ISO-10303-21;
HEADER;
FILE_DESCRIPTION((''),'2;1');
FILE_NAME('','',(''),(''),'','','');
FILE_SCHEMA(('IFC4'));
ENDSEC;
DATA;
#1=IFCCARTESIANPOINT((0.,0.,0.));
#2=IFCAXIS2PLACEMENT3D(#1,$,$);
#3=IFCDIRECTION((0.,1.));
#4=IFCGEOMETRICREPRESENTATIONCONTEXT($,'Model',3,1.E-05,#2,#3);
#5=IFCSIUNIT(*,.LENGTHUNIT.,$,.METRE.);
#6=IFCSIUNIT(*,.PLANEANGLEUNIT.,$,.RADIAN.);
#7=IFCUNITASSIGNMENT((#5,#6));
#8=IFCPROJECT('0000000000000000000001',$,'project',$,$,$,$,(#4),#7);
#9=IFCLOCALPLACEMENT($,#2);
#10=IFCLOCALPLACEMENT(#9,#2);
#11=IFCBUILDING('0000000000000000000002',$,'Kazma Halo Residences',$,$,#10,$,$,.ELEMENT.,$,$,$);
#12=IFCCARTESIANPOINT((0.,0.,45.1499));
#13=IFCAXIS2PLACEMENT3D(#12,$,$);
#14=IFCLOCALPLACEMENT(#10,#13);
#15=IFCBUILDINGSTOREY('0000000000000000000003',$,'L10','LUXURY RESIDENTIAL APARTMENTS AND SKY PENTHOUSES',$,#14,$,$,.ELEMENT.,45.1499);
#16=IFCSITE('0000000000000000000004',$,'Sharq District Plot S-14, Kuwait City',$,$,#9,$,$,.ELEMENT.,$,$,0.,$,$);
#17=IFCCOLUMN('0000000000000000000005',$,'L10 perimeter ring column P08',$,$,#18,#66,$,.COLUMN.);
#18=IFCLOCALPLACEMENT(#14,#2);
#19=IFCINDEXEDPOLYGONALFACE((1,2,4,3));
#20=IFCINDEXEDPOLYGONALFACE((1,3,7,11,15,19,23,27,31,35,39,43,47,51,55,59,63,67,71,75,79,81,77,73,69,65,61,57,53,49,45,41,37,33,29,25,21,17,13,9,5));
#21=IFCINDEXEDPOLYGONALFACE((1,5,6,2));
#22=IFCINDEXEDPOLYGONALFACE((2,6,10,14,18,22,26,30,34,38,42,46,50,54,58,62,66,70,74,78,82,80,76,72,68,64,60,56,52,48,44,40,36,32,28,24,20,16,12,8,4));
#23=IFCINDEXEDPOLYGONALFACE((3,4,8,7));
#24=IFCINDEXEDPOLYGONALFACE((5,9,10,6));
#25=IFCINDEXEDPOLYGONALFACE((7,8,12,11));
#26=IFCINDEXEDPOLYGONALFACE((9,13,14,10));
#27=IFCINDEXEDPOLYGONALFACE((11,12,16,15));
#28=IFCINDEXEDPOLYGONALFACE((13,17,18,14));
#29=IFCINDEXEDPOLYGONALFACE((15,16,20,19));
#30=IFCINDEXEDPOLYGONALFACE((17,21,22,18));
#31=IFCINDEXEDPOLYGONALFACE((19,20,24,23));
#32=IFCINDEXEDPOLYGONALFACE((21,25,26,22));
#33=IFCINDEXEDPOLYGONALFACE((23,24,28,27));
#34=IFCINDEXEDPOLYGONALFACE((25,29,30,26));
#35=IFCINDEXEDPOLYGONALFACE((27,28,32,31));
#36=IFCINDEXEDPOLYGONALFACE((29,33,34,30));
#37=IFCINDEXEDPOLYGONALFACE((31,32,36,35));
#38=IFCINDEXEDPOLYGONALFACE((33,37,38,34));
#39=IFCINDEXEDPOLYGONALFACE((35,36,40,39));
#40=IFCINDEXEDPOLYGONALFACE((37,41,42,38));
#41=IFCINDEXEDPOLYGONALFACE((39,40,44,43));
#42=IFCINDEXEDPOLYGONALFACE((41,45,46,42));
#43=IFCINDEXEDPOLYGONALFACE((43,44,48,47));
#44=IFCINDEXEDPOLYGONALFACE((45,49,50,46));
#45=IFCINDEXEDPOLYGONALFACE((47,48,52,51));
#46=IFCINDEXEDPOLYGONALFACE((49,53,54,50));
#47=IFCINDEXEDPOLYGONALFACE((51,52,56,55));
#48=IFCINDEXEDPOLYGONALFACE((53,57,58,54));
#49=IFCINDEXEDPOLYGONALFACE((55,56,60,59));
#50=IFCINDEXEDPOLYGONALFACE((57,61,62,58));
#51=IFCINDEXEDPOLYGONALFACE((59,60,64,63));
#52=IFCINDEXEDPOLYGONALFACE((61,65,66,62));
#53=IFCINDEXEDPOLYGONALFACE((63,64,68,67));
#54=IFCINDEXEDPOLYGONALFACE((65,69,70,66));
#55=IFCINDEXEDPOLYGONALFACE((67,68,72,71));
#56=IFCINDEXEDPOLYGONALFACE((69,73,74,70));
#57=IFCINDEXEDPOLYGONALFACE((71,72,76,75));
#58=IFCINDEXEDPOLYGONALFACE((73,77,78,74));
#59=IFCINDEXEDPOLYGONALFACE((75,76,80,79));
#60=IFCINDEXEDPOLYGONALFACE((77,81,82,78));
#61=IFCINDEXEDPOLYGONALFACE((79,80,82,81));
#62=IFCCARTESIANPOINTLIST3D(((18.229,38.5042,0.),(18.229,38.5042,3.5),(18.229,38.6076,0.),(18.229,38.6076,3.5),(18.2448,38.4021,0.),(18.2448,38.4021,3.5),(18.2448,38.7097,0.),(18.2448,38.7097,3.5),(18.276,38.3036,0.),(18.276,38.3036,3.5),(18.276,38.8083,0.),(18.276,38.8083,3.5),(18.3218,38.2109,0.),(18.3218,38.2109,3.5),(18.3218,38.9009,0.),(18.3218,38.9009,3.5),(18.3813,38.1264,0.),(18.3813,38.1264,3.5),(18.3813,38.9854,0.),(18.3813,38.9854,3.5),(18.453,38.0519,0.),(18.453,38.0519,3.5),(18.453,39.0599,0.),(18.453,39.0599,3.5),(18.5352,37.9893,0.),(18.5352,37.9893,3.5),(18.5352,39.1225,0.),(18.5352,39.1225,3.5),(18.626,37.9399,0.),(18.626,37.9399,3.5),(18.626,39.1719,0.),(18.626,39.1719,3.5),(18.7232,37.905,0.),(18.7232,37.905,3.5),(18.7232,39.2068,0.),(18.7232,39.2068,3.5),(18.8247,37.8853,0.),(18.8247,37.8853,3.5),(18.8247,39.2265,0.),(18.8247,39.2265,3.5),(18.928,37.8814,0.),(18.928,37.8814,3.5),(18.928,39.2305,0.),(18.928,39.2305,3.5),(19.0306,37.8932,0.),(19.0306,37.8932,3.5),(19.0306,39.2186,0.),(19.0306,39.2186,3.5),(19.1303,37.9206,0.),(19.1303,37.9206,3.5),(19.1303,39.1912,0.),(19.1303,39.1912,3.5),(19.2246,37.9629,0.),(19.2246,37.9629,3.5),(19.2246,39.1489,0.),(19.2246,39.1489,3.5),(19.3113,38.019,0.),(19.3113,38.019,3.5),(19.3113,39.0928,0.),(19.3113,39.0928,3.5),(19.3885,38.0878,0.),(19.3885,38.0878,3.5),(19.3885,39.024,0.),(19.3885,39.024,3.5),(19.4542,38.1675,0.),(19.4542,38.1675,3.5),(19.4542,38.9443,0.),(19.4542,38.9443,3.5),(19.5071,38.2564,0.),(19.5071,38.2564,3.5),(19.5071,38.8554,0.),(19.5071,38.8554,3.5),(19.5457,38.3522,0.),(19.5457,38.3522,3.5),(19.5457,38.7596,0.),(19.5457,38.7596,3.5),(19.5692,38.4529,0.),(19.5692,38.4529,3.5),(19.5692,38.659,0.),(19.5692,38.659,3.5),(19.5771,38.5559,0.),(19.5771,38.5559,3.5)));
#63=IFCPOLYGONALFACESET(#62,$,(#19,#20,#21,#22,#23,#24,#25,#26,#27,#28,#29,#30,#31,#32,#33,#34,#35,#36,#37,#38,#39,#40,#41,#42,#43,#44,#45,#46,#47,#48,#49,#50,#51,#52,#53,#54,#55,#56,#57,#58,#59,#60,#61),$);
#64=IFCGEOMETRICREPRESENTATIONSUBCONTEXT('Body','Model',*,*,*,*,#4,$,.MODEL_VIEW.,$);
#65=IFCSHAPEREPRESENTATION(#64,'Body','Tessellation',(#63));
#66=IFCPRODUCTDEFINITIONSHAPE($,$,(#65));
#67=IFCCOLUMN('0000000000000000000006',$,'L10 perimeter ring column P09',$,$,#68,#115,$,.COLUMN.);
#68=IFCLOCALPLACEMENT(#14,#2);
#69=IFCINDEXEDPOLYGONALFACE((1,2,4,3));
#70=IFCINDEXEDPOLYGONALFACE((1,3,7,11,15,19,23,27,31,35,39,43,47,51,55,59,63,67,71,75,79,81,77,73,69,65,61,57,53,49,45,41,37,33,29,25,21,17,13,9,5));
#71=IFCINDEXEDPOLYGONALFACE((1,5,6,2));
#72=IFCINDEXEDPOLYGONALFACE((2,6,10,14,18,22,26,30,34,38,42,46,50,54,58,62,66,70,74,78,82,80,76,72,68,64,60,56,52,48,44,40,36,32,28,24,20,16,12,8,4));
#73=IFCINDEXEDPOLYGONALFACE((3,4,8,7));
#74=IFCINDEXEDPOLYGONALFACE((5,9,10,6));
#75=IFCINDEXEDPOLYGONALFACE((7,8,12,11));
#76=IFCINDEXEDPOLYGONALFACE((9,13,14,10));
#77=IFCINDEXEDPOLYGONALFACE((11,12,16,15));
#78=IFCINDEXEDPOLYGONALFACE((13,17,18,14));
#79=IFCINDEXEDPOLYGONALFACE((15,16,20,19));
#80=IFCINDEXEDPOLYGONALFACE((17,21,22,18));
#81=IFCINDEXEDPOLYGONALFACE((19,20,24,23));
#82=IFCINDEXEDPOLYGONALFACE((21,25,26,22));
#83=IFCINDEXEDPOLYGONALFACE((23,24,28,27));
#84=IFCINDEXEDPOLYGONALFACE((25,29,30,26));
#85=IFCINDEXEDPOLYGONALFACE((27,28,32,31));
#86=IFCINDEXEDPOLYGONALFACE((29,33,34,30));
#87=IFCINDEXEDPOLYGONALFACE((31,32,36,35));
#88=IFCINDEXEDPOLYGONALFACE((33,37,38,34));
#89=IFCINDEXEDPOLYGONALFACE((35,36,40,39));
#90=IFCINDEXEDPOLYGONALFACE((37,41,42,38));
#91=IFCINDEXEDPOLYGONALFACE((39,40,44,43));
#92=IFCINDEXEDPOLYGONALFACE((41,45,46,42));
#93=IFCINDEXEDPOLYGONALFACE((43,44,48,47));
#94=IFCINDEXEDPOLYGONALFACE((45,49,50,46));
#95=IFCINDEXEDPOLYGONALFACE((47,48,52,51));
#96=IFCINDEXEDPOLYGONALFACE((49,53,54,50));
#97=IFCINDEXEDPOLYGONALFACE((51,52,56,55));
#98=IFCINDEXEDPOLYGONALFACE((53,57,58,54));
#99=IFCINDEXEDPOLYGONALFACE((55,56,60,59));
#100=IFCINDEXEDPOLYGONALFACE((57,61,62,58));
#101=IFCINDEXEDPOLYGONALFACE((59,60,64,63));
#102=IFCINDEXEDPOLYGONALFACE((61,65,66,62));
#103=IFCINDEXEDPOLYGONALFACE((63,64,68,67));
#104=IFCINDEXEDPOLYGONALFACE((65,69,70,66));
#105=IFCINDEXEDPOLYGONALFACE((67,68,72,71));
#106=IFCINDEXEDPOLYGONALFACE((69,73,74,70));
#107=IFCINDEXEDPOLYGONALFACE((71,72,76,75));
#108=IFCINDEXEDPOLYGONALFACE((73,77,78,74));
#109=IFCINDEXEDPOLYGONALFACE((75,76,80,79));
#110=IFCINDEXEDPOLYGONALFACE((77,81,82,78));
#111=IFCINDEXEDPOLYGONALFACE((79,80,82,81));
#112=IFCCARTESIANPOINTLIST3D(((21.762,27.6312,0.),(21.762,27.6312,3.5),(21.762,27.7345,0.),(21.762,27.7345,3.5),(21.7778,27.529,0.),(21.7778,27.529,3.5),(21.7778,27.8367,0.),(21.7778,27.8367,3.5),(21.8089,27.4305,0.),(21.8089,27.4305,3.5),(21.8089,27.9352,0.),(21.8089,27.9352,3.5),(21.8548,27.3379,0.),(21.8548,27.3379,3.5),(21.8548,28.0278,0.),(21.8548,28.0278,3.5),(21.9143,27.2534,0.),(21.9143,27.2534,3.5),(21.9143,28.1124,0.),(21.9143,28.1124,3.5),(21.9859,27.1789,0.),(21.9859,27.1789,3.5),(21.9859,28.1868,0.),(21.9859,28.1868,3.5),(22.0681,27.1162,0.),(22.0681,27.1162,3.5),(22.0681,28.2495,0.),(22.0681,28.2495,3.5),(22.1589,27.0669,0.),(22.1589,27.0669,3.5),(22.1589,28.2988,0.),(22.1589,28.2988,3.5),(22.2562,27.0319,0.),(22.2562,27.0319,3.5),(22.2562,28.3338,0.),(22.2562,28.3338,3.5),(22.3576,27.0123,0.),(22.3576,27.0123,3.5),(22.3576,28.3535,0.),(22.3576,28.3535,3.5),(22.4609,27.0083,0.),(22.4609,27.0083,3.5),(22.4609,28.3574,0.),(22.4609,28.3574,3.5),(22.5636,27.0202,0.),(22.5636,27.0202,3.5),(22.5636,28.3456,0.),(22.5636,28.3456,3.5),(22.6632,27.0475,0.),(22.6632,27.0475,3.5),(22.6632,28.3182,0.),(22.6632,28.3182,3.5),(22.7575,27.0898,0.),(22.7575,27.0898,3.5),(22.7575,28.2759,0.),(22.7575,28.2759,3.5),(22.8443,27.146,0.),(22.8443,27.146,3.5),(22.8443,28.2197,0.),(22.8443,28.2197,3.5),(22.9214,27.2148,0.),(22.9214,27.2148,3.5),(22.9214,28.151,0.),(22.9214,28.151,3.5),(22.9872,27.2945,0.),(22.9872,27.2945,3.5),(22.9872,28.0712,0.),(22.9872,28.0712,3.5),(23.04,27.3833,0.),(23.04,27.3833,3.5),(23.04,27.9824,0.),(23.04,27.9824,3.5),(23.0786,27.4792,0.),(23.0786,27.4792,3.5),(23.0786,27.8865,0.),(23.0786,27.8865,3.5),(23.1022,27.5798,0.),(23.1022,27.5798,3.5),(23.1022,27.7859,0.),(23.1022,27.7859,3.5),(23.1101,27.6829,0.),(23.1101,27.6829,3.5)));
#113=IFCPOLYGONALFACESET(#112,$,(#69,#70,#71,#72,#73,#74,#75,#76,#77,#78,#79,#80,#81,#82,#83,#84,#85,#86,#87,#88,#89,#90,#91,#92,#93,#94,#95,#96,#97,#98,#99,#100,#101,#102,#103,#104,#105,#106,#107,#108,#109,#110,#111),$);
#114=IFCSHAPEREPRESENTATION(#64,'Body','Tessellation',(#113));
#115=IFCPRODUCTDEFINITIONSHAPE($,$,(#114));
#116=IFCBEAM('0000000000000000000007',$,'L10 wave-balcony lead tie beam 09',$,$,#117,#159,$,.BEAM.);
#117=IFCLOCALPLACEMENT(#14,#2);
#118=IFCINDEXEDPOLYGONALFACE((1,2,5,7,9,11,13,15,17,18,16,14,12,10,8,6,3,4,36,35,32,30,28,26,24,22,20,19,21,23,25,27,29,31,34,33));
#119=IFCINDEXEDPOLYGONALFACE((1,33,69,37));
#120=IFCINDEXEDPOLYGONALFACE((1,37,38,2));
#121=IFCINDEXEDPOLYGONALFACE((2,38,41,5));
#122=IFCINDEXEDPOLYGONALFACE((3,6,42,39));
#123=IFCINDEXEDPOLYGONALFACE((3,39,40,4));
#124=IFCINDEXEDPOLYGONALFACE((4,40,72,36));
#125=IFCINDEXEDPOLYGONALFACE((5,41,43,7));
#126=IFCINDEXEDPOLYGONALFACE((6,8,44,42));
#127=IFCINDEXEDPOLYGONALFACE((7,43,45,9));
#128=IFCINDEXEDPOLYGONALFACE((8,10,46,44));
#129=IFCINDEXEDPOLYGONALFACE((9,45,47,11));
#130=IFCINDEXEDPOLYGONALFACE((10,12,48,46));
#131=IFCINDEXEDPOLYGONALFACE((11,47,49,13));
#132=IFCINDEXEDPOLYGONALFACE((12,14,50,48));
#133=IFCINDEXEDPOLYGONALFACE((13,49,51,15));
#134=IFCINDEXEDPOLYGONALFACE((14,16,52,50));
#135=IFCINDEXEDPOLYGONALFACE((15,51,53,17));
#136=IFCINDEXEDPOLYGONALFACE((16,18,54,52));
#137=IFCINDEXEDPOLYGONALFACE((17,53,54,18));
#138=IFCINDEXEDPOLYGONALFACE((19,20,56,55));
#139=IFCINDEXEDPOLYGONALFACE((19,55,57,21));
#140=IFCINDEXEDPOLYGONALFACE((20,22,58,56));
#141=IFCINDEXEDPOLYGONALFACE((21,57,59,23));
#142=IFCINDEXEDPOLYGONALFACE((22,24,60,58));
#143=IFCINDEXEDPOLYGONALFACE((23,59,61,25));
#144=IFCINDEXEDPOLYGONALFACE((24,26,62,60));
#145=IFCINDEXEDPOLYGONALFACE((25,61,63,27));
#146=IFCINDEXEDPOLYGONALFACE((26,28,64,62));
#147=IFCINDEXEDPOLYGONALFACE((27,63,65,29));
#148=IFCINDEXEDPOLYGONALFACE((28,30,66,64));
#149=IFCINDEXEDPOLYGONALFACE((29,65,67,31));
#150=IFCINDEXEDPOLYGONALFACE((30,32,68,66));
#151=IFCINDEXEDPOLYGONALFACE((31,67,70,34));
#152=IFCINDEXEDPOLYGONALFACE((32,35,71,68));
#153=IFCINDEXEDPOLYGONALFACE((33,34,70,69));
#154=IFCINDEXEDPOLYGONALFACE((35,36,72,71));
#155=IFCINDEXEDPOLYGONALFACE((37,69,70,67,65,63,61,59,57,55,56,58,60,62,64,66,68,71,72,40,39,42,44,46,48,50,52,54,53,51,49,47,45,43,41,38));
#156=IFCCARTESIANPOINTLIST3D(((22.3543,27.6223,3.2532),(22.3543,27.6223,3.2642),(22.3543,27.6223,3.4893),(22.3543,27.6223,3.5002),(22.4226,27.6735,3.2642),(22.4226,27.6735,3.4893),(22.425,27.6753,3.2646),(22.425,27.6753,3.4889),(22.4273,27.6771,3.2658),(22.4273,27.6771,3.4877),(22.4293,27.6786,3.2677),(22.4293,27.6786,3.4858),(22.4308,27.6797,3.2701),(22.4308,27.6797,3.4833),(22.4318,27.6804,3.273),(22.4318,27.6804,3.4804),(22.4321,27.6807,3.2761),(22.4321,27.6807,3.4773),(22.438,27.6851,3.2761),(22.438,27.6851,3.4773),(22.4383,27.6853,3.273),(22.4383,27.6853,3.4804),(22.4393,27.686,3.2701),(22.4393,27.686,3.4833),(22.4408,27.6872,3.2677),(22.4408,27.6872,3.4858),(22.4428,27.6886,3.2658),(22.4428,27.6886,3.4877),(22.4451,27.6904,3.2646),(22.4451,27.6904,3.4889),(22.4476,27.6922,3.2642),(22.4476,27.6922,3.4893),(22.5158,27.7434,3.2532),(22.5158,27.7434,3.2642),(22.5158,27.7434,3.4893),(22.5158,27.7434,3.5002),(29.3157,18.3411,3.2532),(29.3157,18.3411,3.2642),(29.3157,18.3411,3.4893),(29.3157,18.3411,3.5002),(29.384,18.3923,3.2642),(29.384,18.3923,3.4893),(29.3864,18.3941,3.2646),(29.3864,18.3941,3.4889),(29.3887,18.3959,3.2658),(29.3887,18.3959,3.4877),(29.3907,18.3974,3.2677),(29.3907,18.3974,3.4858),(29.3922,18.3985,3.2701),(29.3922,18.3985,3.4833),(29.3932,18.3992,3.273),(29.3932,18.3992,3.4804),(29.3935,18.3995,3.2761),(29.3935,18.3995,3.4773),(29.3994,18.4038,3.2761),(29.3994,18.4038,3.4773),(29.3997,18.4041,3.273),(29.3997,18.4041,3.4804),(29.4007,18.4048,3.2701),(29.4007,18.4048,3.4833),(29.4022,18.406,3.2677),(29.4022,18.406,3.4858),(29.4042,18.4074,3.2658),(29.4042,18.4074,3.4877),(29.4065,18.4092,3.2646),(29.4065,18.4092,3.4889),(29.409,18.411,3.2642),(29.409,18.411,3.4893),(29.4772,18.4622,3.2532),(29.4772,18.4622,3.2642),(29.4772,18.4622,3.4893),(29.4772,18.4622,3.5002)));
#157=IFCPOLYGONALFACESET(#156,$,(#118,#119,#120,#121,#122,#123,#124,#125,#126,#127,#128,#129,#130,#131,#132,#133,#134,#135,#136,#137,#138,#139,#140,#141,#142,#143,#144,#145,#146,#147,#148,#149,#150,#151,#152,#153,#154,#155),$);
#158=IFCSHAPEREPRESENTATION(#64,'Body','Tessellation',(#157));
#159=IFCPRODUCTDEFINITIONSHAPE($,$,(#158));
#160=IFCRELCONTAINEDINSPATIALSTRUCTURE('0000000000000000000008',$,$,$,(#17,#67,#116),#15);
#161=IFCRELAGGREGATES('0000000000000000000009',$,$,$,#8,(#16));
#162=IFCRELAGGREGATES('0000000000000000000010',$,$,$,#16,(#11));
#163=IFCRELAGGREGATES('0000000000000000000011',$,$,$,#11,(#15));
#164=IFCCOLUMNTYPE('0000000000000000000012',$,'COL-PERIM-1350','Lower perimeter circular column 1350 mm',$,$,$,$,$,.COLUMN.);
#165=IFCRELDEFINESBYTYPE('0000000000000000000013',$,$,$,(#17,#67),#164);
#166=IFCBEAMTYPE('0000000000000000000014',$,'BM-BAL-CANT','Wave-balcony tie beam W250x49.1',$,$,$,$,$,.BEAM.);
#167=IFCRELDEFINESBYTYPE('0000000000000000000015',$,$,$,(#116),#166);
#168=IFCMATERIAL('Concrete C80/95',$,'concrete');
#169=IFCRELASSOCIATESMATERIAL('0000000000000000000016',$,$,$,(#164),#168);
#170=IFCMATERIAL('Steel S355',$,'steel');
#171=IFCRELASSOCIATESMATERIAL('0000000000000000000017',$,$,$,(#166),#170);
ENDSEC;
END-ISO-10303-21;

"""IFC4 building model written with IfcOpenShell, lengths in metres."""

from ifc_helpers import new_model, si_unit, direction, frame, origin, origin_2d, place, context, subcontext, project, spatial, circle, i_section, extrude, material, material_profile, profile_set, type_object, element, save


model = new_model("IFC4")

# Units and contexts
model_context = context("Model", 3, precision=1e-05, world=origin(), true_north=direction((0.0, 1.0)))
body_context = subcontext(model_context, "Body", "Model", "MODEL_VIEW")
ifc_project = project(units=[si_unit("LENGTHUNIT", "METRE"), si_unit("PLANEANGLEUNIT", "RADIAN")], contexts=[model_context])

# Site, building, storey
site_placement = place(None, origin())
site = spatial("IfcSite", under=ifc_project, at=site_placement, Name="Sharq District Plot S-14, Kuwait City", CompositionType="ELEMENT", RefElevation=0.0)
building_placement = place(site_placement, origin())
building = spatial("IfcBuilding", under=site, at=building_placement, Name="Kazma Halo Residences", CompositionType="ELEMENT")
storey_placement = place(building_placement, frame((0.0, 0.0, 45.1499)))
storey = spatial("IfcBuildingStorey", under=building, at=storey_placement, Name="L10", Description="LUXURY RESIDENTIAL APARTMENTS AND SKY PENTHOUSES", CompositionType="ELEMENT", Elevation=45.1499)

# Columns
ifc_material_1 = material(Name="Concrete C80/95", Category="concrete")
ifc_material_profile_1 = material_profile(ifc_material_1, circle(Radius=0.675, at=origin_2d()), Name="CIRC1350")
ifc_profile_set_1 = profile_set([ifc_material_profile_1], Name="Concrete C80/95")
column_type = type_object("IfcColumnType", Name="COL-PERIM-1350", Description="Lower perimeter circular column 1350 mm", PredefinedType="COLUMN", material=ifc_profile_set_1)
for number, where, z_axis, x_axis, name in (
    (1, (18.9021, 38.5559, 0.0), (0.0, 0.0, 1.0), (1.0, 0.0, 0.0), "L10 perimeter ring column P08"),
    (2, (22.4351, 27.6829, 0.0), (0.0, 0.0, 1.0), (1.0, 0.0, 0.0), "L10 perimeter ring column P09"),
):
    element("IfcColumn", number, at=place(storey_placement, frame(where, z_axis=z_axis, x_axis=x_axis)), inside=storey, type_object=column_type, Name=name, PredefinedType="COLUMN", context=body_context, shape_type="SweptSolid", body=[
        extrude(circle(Radius=0.675, at=origin_2d()), origin(), (0.0, 0.0, 1.0), 3.5),
    ])

# Beam
ifc_material_2 = material(Name="Steel S355", Category="steel")
ifc_material_profile_2 = material_profile(ifc_material_2, i_section(OverallWidth=0.2019, OverallDepth=0.2471, WebThickness=0.0073, FlangeThickness=0.011, FilletRadius=0.012, at=origin_2d()), Name="W250x49.1")
ifc_profile_set_2 = profile_set([ifc_material_profile_2], Name="Steel S355")
beam_type_1 = type_object("IfcBeamType", Name="BM-BAL-CANT", Description="Wave-balcony tie beam W250x49.1", PredefinedType="BEAM", material=ifc_profile_set_2)
beam_1_placement = place(storey_placement, frame((22.4351, 27.6829, 3.3767), z_axis=(0.600027, -0.79998, 0.0), x_axis=(0.79998, 0.600027, 0.0)))
element("IfcBeam", 3, at=beam_1_placement, inside=storey, type_object=beam_type_1, Name="L10 wave-balcony lead tie beam 09", PredefinedType="BEAM", context=body_context, shape_type="SweptSolid", body=[
    extrude(i_section(OverallWidth=0.2019, OverallDepth=0.2471, WebThickness=0.0073, FlangeThickness=0.011, FilletRadius=0.012, at=origin_2d()), origin(), (0.0, 0.0, 1.0), 11.6018),
])

save(model, "model.ifc")
